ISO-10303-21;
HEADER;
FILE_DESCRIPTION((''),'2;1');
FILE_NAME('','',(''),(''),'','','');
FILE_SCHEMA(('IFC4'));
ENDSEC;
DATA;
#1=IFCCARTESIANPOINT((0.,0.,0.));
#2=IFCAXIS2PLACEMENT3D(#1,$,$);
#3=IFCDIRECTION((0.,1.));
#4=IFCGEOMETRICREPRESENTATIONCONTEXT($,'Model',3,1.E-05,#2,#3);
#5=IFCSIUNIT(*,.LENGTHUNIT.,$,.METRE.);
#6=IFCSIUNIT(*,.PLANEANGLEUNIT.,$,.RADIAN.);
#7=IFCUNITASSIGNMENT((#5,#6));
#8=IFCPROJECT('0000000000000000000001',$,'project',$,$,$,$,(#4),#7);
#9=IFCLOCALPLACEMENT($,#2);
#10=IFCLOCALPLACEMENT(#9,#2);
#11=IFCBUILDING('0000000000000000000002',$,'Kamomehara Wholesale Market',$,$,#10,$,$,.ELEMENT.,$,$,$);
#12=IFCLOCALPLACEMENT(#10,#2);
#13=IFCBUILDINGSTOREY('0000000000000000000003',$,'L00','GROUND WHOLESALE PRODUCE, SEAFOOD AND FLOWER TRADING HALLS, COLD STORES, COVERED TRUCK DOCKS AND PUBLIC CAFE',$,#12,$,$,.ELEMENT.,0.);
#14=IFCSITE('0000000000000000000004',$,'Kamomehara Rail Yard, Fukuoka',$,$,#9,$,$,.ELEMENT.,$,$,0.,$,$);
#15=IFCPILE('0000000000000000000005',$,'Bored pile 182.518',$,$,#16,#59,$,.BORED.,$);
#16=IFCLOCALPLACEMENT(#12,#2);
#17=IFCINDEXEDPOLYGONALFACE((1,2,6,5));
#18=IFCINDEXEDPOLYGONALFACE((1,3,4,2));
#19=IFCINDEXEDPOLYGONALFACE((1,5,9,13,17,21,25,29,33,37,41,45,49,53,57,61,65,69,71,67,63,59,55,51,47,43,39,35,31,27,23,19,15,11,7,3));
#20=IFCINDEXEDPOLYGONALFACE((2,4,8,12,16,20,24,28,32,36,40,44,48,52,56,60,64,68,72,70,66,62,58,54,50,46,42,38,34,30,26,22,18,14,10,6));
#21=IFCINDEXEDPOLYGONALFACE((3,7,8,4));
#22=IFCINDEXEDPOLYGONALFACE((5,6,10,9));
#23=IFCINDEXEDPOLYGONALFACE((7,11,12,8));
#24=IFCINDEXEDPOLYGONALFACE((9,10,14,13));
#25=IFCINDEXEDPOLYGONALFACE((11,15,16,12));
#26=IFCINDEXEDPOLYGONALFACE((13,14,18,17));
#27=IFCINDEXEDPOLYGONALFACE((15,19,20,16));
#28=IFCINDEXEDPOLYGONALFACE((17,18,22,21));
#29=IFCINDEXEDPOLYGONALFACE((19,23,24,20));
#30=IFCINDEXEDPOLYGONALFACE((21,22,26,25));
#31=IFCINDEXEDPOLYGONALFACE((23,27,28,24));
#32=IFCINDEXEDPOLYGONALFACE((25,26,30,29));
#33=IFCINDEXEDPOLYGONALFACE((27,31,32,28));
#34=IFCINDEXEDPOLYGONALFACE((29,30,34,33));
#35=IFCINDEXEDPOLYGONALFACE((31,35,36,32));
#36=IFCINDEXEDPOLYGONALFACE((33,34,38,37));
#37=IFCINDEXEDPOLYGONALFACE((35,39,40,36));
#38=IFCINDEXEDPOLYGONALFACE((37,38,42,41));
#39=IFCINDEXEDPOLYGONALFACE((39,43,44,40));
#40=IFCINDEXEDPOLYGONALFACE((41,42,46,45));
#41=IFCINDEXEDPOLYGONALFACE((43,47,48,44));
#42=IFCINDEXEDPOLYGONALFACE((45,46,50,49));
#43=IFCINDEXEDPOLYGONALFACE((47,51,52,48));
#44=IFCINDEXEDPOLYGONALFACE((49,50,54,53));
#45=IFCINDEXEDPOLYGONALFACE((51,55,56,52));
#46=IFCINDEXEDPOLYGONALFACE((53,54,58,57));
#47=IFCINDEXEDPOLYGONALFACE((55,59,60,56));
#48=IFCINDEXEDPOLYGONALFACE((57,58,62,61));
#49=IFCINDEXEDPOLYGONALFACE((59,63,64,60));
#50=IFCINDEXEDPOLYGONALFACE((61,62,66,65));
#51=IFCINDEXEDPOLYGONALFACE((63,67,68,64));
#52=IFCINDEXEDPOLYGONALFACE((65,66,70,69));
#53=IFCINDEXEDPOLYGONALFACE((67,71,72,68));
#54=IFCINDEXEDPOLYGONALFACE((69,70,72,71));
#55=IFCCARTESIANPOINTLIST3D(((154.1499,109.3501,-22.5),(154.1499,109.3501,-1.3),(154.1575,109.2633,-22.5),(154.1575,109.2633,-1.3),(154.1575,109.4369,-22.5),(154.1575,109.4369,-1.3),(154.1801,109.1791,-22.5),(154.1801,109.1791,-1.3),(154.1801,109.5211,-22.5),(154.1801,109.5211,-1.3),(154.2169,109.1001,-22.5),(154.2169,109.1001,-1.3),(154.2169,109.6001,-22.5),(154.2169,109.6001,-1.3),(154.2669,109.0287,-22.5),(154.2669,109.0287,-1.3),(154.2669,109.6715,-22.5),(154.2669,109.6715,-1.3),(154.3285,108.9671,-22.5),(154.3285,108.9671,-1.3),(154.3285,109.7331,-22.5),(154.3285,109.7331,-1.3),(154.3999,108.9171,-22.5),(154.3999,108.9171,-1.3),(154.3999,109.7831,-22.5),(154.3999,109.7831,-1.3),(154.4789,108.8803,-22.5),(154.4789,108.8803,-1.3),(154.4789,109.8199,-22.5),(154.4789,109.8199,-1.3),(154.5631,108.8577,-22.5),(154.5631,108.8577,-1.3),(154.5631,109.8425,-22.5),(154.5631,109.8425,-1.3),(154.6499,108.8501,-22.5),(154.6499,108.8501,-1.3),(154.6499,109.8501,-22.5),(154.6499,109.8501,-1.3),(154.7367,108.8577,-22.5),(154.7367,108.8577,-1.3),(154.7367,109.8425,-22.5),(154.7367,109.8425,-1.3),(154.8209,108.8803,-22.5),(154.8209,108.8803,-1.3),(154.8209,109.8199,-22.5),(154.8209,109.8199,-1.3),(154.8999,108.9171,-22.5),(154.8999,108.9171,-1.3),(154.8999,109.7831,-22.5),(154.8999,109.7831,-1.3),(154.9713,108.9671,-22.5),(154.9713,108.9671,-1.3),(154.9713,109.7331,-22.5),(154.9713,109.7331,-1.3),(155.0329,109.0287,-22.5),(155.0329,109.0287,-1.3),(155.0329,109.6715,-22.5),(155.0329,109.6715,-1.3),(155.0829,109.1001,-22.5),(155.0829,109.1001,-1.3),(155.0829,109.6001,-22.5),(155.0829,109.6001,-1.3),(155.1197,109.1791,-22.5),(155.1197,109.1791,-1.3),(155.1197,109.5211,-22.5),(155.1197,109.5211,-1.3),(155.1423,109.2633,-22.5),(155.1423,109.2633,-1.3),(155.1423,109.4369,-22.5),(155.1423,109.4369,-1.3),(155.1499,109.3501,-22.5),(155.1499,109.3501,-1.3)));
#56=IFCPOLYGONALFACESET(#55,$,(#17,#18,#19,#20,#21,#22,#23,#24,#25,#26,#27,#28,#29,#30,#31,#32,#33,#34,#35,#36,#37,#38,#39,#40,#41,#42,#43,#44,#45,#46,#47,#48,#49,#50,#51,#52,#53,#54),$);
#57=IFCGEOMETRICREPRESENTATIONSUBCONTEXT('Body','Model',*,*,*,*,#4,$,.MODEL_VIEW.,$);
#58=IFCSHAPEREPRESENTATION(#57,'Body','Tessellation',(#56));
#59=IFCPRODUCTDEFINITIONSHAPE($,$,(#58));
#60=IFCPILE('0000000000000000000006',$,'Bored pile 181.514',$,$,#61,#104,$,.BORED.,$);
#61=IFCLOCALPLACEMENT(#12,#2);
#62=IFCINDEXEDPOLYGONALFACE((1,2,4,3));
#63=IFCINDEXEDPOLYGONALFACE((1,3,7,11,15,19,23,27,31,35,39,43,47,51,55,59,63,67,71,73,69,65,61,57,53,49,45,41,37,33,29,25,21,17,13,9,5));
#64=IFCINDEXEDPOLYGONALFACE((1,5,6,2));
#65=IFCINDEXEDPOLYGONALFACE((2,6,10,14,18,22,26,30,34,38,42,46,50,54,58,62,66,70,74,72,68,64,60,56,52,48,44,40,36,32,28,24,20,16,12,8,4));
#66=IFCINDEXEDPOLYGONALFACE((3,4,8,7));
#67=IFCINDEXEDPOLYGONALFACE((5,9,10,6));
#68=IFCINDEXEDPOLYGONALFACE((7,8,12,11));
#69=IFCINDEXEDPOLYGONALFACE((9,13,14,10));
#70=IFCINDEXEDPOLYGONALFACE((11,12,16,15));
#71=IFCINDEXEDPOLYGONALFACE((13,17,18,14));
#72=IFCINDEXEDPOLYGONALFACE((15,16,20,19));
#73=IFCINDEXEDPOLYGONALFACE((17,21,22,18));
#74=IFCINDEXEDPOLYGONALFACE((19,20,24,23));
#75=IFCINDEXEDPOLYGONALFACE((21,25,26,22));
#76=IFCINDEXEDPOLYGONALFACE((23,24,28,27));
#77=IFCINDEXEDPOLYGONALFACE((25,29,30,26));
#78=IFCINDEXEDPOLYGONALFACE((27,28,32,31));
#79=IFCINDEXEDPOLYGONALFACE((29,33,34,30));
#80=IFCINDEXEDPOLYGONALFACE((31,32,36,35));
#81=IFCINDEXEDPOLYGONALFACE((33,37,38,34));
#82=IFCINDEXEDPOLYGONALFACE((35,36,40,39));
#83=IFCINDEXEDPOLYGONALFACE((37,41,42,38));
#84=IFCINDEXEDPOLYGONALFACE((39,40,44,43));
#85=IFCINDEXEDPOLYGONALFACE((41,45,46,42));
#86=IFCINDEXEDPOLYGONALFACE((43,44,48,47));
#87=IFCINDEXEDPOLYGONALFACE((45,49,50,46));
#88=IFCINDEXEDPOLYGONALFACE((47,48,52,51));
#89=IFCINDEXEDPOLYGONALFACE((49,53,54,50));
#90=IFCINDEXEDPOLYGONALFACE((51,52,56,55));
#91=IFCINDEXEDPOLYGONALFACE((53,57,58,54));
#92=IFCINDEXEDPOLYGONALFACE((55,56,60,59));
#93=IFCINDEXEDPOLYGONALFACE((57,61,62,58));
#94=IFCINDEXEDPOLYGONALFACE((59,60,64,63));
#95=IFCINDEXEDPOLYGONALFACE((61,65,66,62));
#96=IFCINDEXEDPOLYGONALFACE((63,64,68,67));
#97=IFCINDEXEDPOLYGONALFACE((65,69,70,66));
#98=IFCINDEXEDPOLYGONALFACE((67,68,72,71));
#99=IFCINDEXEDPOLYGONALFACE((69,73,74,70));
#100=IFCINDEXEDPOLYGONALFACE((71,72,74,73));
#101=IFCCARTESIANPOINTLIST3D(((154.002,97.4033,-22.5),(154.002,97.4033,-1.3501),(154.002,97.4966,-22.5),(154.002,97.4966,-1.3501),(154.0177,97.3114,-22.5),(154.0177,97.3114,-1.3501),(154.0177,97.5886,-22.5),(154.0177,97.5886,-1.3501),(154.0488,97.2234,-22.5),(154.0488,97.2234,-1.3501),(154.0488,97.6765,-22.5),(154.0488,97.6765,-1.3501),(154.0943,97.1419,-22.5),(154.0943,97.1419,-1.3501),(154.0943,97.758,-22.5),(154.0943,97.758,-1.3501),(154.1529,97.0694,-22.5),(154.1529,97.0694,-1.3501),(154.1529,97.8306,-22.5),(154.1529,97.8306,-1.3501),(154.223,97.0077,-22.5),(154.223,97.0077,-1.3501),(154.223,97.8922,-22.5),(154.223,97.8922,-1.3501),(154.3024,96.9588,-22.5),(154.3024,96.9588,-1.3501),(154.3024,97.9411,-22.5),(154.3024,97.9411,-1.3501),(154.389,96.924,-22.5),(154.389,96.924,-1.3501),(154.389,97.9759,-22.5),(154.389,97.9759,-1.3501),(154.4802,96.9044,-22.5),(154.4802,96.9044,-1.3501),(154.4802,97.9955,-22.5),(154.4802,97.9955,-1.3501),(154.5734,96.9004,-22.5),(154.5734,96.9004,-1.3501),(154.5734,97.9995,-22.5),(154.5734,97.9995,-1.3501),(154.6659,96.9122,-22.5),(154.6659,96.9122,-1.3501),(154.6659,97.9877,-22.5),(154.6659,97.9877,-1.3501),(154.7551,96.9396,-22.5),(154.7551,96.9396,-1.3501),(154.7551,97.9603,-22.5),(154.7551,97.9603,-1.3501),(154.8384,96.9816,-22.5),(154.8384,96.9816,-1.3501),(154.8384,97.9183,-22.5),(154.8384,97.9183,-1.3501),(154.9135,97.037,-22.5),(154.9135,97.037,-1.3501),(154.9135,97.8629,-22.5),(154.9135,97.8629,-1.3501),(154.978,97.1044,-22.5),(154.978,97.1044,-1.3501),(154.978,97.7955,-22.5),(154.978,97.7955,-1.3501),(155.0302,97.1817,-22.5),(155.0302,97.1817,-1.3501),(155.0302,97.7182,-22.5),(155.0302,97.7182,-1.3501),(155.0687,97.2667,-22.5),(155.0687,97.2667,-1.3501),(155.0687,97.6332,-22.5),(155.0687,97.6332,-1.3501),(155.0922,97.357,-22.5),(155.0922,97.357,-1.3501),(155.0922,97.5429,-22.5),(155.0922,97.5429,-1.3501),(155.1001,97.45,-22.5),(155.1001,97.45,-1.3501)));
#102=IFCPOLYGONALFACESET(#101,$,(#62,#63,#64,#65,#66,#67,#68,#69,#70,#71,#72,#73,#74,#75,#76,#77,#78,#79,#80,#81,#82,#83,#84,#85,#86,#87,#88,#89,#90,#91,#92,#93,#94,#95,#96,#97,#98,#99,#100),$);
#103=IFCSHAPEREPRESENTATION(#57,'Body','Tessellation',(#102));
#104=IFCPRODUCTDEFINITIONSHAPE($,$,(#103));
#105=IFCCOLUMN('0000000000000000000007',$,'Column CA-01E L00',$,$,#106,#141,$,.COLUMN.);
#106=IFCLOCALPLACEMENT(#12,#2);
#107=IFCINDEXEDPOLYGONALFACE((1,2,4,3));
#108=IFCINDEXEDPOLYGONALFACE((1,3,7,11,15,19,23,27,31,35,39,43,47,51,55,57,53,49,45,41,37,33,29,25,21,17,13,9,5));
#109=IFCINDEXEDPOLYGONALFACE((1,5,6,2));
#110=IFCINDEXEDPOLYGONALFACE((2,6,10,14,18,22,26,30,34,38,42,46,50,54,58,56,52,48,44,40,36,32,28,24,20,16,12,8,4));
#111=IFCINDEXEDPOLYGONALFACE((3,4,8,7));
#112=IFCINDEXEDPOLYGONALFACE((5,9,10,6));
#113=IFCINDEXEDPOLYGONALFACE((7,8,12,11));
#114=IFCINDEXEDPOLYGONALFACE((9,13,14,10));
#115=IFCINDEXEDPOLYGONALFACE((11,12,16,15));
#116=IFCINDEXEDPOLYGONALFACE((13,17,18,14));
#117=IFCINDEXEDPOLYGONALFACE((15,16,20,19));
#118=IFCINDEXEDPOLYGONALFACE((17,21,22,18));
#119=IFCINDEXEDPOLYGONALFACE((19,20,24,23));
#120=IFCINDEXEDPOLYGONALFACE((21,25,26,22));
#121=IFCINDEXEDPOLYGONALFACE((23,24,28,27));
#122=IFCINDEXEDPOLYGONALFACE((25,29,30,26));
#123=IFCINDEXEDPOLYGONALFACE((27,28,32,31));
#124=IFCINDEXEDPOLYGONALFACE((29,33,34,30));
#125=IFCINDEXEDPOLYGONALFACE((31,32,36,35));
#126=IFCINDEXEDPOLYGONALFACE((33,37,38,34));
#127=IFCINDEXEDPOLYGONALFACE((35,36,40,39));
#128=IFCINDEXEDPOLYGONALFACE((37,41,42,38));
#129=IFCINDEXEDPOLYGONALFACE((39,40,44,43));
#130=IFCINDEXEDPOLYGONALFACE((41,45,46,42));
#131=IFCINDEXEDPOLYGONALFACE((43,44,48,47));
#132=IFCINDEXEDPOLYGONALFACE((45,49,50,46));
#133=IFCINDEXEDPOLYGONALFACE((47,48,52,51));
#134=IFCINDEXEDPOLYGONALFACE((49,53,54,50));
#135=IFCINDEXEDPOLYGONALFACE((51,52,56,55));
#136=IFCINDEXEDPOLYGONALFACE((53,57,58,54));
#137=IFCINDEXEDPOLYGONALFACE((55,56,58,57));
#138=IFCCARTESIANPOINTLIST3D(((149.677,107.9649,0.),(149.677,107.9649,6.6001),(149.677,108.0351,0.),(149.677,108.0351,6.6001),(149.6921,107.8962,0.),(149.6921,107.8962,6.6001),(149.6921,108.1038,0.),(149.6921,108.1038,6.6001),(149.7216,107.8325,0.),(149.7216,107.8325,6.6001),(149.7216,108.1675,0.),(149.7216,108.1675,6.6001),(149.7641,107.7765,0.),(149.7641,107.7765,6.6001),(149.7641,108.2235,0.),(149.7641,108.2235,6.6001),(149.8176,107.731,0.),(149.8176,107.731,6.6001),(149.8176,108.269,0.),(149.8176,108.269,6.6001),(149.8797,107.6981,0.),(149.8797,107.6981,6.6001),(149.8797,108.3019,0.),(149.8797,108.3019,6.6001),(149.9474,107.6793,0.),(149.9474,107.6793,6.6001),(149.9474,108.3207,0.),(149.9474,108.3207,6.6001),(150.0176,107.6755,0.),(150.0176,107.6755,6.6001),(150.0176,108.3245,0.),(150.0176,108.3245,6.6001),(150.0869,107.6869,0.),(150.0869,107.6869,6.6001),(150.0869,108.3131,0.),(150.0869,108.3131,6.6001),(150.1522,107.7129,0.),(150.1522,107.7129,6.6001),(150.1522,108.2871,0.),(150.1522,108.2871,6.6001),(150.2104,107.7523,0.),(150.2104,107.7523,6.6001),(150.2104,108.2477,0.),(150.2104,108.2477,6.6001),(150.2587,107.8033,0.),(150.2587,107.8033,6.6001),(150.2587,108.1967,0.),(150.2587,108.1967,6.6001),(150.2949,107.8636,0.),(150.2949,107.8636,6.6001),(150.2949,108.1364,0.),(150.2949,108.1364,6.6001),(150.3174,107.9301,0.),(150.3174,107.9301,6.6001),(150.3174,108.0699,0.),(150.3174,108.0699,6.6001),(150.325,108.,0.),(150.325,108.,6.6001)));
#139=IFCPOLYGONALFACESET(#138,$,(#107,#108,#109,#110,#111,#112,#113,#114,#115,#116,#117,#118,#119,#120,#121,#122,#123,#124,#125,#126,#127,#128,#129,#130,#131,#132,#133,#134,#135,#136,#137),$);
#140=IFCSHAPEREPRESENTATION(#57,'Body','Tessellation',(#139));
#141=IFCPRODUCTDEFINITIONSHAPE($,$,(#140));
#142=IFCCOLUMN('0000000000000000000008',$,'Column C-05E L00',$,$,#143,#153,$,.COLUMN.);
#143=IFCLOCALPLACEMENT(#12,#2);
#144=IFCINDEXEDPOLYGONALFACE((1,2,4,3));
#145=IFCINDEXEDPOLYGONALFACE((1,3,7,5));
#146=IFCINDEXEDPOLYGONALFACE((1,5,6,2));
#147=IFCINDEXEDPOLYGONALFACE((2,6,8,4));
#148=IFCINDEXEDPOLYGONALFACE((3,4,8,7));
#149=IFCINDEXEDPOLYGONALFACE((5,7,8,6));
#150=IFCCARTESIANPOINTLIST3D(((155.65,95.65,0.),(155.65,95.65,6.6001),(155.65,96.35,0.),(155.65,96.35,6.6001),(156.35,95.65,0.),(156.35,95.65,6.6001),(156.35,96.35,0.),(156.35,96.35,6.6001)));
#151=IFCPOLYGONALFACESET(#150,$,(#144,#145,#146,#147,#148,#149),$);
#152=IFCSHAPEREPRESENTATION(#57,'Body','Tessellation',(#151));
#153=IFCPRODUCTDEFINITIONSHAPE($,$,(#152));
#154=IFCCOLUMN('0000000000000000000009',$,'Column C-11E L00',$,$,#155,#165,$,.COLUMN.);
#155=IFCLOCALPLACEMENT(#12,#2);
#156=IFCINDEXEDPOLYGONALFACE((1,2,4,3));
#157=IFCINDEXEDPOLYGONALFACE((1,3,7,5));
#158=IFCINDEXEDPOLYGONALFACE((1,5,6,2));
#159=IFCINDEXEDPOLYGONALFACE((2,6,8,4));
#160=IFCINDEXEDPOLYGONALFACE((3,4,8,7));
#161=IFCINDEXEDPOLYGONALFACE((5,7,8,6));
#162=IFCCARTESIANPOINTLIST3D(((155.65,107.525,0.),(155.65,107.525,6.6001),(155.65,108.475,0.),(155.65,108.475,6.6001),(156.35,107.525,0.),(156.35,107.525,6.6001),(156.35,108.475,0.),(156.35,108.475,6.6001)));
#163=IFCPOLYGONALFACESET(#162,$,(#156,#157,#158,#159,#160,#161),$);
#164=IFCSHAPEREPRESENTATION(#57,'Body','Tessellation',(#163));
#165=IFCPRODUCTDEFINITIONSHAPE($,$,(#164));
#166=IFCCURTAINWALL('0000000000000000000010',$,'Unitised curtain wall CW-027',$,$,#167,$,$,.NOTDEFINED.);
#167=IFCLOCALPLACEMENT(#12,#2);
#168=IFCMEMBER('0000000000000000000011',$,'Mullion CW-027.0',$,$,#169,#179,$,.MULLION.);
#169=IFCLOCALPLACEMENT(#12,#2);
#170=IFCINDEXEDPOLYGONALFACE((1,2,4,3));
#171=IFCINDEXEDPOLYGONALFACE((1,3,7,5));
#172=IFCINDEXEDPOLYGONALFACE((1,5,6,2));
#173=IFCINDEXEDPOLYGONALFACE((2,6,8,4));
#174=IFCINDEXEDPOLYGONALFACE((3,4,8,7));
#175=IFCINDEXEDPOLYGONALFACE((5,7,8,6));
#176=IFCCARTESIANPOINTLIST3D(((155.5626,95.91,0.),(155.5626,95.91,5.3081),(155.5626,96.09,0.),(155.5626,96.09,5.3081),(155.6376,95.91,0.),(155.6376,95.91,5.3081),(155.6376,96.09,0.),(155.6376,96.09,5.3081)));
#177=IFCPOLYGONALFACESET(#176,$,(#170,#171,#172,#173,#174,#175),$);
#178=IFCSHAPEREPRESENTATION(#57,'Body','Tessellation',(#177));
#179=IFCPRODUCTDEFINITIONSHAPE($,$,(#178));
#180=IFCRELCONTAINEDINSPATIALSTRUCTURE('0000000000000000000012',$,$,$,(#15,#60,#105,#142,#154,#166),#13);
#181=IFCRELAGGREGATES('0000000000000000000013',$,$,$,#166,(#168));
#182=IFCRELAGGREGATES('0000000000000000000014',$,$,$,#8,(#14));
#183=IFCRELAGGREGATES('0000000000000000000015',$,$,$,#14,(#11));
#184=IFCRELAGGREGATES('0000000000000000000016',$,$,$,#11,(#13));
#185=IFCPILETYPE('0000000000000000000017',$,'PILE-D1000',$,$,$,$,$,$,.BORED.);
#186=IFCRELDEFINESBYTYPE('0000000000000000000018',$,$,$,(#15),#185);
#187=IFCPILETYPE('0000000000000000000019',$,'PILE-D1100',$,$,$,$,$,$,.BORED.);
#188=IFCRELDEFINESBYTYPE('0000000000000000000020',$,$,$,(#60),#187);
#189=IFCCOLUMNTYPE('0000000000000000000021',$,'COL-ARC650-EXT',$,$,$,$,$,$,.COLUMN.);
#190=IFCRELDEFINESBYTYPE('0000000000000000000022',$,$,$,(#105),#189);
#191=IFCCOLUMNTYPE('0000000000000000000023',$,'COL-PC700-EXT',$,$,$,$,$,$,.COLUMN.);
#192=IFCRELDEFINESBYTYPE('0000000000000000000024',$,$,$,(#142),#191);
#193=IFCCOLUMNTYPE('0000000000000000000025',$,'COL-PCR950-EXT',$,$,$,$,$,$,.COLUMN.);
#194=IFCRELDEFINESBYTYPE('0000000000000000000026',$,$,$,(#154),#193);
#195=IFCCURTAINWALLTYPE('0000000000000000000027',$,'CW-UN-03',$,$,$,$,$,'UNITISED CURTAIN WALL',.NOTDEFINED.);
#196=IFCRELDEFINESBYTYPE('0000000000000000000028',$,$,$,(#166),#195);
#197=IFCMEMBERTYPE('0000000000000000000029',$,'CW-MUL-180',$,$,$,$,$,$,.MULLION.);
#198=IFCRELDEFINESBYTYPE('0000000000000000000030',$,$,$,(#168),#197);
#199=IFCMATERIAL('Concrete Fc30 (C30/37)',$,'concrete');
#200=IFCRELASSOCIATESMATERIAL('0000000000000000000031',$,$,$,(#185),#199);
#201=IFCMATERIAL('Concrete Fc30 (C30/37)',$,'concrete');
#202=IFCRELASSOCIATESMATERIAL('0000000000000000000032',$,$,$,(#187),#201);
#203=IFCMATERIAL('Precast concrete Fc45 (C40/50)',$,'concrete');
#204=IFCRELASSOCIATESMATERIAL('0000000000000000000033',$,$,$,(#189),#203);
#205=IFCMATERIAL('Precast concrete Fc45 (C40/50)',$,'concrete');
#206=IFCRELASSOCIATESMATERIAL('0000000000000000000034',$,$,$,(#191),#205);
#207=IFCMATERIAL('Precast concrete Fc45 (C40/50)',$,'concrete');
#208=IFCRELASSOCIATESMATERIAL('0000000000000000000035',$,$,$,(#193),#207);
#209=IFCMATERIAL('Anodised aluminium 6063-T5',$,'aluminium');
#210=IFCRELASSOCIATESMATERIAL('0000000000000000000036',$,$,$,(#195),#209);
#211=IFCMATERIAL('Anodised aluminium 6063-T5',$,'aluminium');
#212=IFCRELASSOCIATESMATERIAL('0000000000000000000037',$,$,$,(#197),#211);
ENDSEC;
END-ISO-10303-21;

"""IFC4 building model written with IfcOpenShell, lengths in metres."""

from ifc_helpers import new_model, si_unit, direction, frame, origin, origin_2d, place, context, subcontext, project, spatial, rectangle, circle, extrude, material, material_profile, profile_set, type_object, element, aggregate, save


model = new_model("IFC4")

# Units and contexts
model_context = context("Model", 3, precision=1e-05, world=origin(), true_north=direction((0.0, 1.0)))
body_context = subcontext(model_context, "Body", "Model", "MODEL_VIEW")
ifc_project = project(units=[si_unit("LENGTHUNIT", "METRE"), si_unit("PLANEANGLEUNIT", "RADIAN")], contexts=[model_context])

# Site, building, storey
site_placement = place(None, origin())
site = spatial("IfcSite", under=ifc_project, at=site_placement, Name="Kamomehara Rail Yard, Fukuoka", CompositionType="ELEMENT", RefElevation=0.0)
building_placement = place(site_placement, origin())
building = spatial("IfcBuilding", under=site, at=building_placement, Name="Kamomehara Wholesale Market", CompositionType="ELEMENT")
storey_placement = place(building_placement, origin())
storey = spatial("IfcBuildingStorey", under=building, at=storey_placement, Name="L00", Description="GROUND WHOLESALE PRODUCE, SEAFOOD AND FLOWER TRADING HALLS, COLD STORES, COVERED TRUCK DOCKS AND PUBLIC CAFE", CompositionType="ELEMENT", Elevation=0.0)

# Piles
ifc_material_1 = material(Name="Concrete Fc30 (C30/37)", Category="concrete")
ifc_material_profile_1 = material_profile(ifc_material_1, circle(Radius=0.5, at=origin_2d()), Name="RC-PILE-D1000")
ifc_profile_set_1 = profile_set([ifc_material_profile_1], Name="Concrete Fc30 (C30/37)")
pile_type_1 = type_object("IfcPileType", Name="PILE-D1000", PredefinedType="BORED", material=ifc_profile_set_1)
for number, where, z_axis, x_axis, name in (
    (1, (154.6499, 109.3501, -1.3), (0.0, 0.0, -1.0), (1.0, 0.0, 0.0), "Bored pile 182.518"),
):
    element("IfcPile", number, at=place(storey_placement, frame(where, z_axis=z_axis, x_axis=x_axis)), inside=storey, type_object=pile_type_1, Name=name, PredefinedType="BORED", context=body_context, shape_type="SweptSolid", body=[
        extrude(circle(Radius=0.5, at=origin_2d()), origin(), (0.0, 0.0, 1.0), 21.2),
    ])
ifc_material_2 = material(Name="Concrete Fc30 (C30/37)", Category="concrete")
ifc_material_profile_2 = material_profile(ifc_material_2, circle(Radius=0.55, at=origin_2d()), Name="RC-PILE-D1100")
ifc_profile_set_2 = profile_set([ifc_material_profile_2], Name="Concrete Fc30 (C30/37)")
pile_type_2 = type_object("IfcPileType", Name="PILE-D1100", PredefinedType="BORED", material=ifc_profile_set_2)
pile_1_placement = place(storey_placement, frame((154.55, 97.45, -1.3501), z_axis=(0.0, 0.0, -1.0), x_axis=(1.0, 0.0, 0.0)))
element("IfcPile", 2, at=pile_1_placement, inside=storey, type_object=pile_type_2, Name="Bored pile 181.514", PredefinedType="BORED", context=body_context, shape_type="SweptSolid", body=[
    extrude(circle(Radius=0.55, at=origin_2d()), origin(), (0.0, 0.0, 1.0), 21.1499),
])

# Columns
ifc_material_3 = material(Name="Precast concrete Fc45 (C40/50)", Category="concrete")
ifc_material_profile_3 = material_profile(ifc_material_3, circle(Radius=0.325, at=origin_2d()), Name="PC-ARC-D650")
ifc_profile_set_3 = profile_set([ifc_material_profile_3], Name="Precast concrete Fc45 (C40/50)")
column_type_1 = type_object("IfcColumnType", Name="COL-ARC650-EXT", PredefinedType="COLUMN", material=ifc_profile_set_3)
column_1_placement = place(storey_placement, frame((150.0, 108.0, 0.0), z_axis=(0.0, 0.0, 1.0), x_axis=(1.0, 0.0, 0.0)))
element("IfcColumn", 3, at=column_1_placement, inside=storey, type_object=column_type_1, Name="Column CA-01E L00", PredefinedType="COLUMN", context=body_context, shape_type="SweptSolid", body=[
    extrude(circle(Radius=0.325, at=origin_2d()), origin(), (0.0, 0.0, 1.0), 6.6001),
])
ifc_material_4 = material(Name="Precast concrete Fc45 (C40/50)", Category="concrete")
ifc_material_profile_4 = material_profile(ifc_material_4, rectangle(XDim=0.7, YDim=0.7, at=origin_2d()), Name="PC-COL-700x700")
ifc_profile_set_4 = profile_set([ifc_material_profile_4], Name="Precast concrete Fc45 (C40/50)")
column_type_2 = type_object("IfcColumnType", Name="COL-PC700-EXT", PredefinedType="COLUMN", material=ifc_profile_set_4)
column_2_placement = place(storey_placement, frame((156.0, 96.0, 0.0), z_axis=(0.0, 0.0, 1.0), x_axis=(1.0, 0.0, 0.0)))
element("IfcColumn", 4, at=column_2_placement, inside=storey, type_object=column_type_2, Name="Column C-05E L00", PredefinedType="COLUMN", context=body_context, shape_type="SweptSolid", body=[
    extrude(rectangle(XDim=0.7, YDim=0.7, at=origin_2d()), origin(), (0.0, 0.0, 1.0), 6.6001),
])
ifc_material_5 = material(Name="Precast concrete Fc45 (C40/50)", Category="concrete")
ifc_material_profile_5 = material_profile(ifc_material_5, rectangle(XDim=0.7, YDim=0.95, at=origin_2d()), Name="PC-COL-700x950")
ifc_profile_set_5 = profile_set([ifc_material_profile_5], Name="Precast concrete Fc45 (C40/50)")
column_type_3 = type_object("IfcColumnType", Name="COL-PCR950-EXT", PredefinedType="COLUMN", material=ifc_profile_set_5)
column_3_placement = place(storey_placement, frame((156.0, 108.0, 0.0), z_axis=(0.0, 0.0, 1.0), x_axis=(1.0, 0.0, 0.0)))
element("IfcColumn", 5, at=column_3_placement, inside=storey, type_object=column_type_3, Name="Column C-11E L00", PredefinedType="COLUMN", context=body_context, shape_type="SweptSolid", body=[
    extrude(rectangle(XDim=0.7, YDim=0.95, at=origin_2d()), origin(), (0.0, 0.0, 1.0), 6.6001),
])

# Curtain wall, member
ifc_material_6 = material(Name="Anodised aluminium 6063-T5", Category="aluminium")
curtain_wall_type_1 = type_object("IfcCurtainWallType", Name="CW-UN-03", ElementType="UNITISED CURTAIN WALL", PredefinedType="NOTDEFINED", material=ifc_material_6)
curtain_wall_1_placement = place(storey_placement, origin())
curtain_wall_1 = element("IfcCurtainWall", 6, at=curtain_wall_1_placement, inside=storey, type_object=curtain_wall_type_1, Name="Unitised curtain wall CW-027", PredefinedType="NOTDEFINED")
ifc_material_7 = material(Name="Anodised aluminium 6063-T5", Category="aluminium")
ifc_material_profile_6 = material_profile(ifc_material_7, rectangle(XDim=0.075, YDim=0.1799, at=origin_2d()), Name="ALU-MUL-75x180")
ifc_profile_set_6 = profile_set([ifc_material_profile_6], Name="Anodised aluminium 6063-T5")
member_type_1 = type_object("IfcMemberType", Name="CW-MUL-180", PredefinedType="MULLION", material=ifc_profile_set_6)
member_1_placement = place(storey_placement, frame((155.6001, 96.0, 0.0), z_axis=(0.0, 0.0, 1.0), x_axis=(-1.0, 0.0, 0.0)))
member_1 = element("IfcMember", 7, at=member_1_placement, type_object=member_type_1, Name="Mullion CW-027.0", PredefinedType="MULLION", context=body_context, shape_type="SweptSolid", body=[
    extrude(rectangle(XDim=0.075, YDim=0.1799, at=origin_2d()), origin(), (0.0, 0.0, 1.0), 5.3081),
])

aggregate(curtain_wall_1, [member_1])

save(model, "model.ifc")
